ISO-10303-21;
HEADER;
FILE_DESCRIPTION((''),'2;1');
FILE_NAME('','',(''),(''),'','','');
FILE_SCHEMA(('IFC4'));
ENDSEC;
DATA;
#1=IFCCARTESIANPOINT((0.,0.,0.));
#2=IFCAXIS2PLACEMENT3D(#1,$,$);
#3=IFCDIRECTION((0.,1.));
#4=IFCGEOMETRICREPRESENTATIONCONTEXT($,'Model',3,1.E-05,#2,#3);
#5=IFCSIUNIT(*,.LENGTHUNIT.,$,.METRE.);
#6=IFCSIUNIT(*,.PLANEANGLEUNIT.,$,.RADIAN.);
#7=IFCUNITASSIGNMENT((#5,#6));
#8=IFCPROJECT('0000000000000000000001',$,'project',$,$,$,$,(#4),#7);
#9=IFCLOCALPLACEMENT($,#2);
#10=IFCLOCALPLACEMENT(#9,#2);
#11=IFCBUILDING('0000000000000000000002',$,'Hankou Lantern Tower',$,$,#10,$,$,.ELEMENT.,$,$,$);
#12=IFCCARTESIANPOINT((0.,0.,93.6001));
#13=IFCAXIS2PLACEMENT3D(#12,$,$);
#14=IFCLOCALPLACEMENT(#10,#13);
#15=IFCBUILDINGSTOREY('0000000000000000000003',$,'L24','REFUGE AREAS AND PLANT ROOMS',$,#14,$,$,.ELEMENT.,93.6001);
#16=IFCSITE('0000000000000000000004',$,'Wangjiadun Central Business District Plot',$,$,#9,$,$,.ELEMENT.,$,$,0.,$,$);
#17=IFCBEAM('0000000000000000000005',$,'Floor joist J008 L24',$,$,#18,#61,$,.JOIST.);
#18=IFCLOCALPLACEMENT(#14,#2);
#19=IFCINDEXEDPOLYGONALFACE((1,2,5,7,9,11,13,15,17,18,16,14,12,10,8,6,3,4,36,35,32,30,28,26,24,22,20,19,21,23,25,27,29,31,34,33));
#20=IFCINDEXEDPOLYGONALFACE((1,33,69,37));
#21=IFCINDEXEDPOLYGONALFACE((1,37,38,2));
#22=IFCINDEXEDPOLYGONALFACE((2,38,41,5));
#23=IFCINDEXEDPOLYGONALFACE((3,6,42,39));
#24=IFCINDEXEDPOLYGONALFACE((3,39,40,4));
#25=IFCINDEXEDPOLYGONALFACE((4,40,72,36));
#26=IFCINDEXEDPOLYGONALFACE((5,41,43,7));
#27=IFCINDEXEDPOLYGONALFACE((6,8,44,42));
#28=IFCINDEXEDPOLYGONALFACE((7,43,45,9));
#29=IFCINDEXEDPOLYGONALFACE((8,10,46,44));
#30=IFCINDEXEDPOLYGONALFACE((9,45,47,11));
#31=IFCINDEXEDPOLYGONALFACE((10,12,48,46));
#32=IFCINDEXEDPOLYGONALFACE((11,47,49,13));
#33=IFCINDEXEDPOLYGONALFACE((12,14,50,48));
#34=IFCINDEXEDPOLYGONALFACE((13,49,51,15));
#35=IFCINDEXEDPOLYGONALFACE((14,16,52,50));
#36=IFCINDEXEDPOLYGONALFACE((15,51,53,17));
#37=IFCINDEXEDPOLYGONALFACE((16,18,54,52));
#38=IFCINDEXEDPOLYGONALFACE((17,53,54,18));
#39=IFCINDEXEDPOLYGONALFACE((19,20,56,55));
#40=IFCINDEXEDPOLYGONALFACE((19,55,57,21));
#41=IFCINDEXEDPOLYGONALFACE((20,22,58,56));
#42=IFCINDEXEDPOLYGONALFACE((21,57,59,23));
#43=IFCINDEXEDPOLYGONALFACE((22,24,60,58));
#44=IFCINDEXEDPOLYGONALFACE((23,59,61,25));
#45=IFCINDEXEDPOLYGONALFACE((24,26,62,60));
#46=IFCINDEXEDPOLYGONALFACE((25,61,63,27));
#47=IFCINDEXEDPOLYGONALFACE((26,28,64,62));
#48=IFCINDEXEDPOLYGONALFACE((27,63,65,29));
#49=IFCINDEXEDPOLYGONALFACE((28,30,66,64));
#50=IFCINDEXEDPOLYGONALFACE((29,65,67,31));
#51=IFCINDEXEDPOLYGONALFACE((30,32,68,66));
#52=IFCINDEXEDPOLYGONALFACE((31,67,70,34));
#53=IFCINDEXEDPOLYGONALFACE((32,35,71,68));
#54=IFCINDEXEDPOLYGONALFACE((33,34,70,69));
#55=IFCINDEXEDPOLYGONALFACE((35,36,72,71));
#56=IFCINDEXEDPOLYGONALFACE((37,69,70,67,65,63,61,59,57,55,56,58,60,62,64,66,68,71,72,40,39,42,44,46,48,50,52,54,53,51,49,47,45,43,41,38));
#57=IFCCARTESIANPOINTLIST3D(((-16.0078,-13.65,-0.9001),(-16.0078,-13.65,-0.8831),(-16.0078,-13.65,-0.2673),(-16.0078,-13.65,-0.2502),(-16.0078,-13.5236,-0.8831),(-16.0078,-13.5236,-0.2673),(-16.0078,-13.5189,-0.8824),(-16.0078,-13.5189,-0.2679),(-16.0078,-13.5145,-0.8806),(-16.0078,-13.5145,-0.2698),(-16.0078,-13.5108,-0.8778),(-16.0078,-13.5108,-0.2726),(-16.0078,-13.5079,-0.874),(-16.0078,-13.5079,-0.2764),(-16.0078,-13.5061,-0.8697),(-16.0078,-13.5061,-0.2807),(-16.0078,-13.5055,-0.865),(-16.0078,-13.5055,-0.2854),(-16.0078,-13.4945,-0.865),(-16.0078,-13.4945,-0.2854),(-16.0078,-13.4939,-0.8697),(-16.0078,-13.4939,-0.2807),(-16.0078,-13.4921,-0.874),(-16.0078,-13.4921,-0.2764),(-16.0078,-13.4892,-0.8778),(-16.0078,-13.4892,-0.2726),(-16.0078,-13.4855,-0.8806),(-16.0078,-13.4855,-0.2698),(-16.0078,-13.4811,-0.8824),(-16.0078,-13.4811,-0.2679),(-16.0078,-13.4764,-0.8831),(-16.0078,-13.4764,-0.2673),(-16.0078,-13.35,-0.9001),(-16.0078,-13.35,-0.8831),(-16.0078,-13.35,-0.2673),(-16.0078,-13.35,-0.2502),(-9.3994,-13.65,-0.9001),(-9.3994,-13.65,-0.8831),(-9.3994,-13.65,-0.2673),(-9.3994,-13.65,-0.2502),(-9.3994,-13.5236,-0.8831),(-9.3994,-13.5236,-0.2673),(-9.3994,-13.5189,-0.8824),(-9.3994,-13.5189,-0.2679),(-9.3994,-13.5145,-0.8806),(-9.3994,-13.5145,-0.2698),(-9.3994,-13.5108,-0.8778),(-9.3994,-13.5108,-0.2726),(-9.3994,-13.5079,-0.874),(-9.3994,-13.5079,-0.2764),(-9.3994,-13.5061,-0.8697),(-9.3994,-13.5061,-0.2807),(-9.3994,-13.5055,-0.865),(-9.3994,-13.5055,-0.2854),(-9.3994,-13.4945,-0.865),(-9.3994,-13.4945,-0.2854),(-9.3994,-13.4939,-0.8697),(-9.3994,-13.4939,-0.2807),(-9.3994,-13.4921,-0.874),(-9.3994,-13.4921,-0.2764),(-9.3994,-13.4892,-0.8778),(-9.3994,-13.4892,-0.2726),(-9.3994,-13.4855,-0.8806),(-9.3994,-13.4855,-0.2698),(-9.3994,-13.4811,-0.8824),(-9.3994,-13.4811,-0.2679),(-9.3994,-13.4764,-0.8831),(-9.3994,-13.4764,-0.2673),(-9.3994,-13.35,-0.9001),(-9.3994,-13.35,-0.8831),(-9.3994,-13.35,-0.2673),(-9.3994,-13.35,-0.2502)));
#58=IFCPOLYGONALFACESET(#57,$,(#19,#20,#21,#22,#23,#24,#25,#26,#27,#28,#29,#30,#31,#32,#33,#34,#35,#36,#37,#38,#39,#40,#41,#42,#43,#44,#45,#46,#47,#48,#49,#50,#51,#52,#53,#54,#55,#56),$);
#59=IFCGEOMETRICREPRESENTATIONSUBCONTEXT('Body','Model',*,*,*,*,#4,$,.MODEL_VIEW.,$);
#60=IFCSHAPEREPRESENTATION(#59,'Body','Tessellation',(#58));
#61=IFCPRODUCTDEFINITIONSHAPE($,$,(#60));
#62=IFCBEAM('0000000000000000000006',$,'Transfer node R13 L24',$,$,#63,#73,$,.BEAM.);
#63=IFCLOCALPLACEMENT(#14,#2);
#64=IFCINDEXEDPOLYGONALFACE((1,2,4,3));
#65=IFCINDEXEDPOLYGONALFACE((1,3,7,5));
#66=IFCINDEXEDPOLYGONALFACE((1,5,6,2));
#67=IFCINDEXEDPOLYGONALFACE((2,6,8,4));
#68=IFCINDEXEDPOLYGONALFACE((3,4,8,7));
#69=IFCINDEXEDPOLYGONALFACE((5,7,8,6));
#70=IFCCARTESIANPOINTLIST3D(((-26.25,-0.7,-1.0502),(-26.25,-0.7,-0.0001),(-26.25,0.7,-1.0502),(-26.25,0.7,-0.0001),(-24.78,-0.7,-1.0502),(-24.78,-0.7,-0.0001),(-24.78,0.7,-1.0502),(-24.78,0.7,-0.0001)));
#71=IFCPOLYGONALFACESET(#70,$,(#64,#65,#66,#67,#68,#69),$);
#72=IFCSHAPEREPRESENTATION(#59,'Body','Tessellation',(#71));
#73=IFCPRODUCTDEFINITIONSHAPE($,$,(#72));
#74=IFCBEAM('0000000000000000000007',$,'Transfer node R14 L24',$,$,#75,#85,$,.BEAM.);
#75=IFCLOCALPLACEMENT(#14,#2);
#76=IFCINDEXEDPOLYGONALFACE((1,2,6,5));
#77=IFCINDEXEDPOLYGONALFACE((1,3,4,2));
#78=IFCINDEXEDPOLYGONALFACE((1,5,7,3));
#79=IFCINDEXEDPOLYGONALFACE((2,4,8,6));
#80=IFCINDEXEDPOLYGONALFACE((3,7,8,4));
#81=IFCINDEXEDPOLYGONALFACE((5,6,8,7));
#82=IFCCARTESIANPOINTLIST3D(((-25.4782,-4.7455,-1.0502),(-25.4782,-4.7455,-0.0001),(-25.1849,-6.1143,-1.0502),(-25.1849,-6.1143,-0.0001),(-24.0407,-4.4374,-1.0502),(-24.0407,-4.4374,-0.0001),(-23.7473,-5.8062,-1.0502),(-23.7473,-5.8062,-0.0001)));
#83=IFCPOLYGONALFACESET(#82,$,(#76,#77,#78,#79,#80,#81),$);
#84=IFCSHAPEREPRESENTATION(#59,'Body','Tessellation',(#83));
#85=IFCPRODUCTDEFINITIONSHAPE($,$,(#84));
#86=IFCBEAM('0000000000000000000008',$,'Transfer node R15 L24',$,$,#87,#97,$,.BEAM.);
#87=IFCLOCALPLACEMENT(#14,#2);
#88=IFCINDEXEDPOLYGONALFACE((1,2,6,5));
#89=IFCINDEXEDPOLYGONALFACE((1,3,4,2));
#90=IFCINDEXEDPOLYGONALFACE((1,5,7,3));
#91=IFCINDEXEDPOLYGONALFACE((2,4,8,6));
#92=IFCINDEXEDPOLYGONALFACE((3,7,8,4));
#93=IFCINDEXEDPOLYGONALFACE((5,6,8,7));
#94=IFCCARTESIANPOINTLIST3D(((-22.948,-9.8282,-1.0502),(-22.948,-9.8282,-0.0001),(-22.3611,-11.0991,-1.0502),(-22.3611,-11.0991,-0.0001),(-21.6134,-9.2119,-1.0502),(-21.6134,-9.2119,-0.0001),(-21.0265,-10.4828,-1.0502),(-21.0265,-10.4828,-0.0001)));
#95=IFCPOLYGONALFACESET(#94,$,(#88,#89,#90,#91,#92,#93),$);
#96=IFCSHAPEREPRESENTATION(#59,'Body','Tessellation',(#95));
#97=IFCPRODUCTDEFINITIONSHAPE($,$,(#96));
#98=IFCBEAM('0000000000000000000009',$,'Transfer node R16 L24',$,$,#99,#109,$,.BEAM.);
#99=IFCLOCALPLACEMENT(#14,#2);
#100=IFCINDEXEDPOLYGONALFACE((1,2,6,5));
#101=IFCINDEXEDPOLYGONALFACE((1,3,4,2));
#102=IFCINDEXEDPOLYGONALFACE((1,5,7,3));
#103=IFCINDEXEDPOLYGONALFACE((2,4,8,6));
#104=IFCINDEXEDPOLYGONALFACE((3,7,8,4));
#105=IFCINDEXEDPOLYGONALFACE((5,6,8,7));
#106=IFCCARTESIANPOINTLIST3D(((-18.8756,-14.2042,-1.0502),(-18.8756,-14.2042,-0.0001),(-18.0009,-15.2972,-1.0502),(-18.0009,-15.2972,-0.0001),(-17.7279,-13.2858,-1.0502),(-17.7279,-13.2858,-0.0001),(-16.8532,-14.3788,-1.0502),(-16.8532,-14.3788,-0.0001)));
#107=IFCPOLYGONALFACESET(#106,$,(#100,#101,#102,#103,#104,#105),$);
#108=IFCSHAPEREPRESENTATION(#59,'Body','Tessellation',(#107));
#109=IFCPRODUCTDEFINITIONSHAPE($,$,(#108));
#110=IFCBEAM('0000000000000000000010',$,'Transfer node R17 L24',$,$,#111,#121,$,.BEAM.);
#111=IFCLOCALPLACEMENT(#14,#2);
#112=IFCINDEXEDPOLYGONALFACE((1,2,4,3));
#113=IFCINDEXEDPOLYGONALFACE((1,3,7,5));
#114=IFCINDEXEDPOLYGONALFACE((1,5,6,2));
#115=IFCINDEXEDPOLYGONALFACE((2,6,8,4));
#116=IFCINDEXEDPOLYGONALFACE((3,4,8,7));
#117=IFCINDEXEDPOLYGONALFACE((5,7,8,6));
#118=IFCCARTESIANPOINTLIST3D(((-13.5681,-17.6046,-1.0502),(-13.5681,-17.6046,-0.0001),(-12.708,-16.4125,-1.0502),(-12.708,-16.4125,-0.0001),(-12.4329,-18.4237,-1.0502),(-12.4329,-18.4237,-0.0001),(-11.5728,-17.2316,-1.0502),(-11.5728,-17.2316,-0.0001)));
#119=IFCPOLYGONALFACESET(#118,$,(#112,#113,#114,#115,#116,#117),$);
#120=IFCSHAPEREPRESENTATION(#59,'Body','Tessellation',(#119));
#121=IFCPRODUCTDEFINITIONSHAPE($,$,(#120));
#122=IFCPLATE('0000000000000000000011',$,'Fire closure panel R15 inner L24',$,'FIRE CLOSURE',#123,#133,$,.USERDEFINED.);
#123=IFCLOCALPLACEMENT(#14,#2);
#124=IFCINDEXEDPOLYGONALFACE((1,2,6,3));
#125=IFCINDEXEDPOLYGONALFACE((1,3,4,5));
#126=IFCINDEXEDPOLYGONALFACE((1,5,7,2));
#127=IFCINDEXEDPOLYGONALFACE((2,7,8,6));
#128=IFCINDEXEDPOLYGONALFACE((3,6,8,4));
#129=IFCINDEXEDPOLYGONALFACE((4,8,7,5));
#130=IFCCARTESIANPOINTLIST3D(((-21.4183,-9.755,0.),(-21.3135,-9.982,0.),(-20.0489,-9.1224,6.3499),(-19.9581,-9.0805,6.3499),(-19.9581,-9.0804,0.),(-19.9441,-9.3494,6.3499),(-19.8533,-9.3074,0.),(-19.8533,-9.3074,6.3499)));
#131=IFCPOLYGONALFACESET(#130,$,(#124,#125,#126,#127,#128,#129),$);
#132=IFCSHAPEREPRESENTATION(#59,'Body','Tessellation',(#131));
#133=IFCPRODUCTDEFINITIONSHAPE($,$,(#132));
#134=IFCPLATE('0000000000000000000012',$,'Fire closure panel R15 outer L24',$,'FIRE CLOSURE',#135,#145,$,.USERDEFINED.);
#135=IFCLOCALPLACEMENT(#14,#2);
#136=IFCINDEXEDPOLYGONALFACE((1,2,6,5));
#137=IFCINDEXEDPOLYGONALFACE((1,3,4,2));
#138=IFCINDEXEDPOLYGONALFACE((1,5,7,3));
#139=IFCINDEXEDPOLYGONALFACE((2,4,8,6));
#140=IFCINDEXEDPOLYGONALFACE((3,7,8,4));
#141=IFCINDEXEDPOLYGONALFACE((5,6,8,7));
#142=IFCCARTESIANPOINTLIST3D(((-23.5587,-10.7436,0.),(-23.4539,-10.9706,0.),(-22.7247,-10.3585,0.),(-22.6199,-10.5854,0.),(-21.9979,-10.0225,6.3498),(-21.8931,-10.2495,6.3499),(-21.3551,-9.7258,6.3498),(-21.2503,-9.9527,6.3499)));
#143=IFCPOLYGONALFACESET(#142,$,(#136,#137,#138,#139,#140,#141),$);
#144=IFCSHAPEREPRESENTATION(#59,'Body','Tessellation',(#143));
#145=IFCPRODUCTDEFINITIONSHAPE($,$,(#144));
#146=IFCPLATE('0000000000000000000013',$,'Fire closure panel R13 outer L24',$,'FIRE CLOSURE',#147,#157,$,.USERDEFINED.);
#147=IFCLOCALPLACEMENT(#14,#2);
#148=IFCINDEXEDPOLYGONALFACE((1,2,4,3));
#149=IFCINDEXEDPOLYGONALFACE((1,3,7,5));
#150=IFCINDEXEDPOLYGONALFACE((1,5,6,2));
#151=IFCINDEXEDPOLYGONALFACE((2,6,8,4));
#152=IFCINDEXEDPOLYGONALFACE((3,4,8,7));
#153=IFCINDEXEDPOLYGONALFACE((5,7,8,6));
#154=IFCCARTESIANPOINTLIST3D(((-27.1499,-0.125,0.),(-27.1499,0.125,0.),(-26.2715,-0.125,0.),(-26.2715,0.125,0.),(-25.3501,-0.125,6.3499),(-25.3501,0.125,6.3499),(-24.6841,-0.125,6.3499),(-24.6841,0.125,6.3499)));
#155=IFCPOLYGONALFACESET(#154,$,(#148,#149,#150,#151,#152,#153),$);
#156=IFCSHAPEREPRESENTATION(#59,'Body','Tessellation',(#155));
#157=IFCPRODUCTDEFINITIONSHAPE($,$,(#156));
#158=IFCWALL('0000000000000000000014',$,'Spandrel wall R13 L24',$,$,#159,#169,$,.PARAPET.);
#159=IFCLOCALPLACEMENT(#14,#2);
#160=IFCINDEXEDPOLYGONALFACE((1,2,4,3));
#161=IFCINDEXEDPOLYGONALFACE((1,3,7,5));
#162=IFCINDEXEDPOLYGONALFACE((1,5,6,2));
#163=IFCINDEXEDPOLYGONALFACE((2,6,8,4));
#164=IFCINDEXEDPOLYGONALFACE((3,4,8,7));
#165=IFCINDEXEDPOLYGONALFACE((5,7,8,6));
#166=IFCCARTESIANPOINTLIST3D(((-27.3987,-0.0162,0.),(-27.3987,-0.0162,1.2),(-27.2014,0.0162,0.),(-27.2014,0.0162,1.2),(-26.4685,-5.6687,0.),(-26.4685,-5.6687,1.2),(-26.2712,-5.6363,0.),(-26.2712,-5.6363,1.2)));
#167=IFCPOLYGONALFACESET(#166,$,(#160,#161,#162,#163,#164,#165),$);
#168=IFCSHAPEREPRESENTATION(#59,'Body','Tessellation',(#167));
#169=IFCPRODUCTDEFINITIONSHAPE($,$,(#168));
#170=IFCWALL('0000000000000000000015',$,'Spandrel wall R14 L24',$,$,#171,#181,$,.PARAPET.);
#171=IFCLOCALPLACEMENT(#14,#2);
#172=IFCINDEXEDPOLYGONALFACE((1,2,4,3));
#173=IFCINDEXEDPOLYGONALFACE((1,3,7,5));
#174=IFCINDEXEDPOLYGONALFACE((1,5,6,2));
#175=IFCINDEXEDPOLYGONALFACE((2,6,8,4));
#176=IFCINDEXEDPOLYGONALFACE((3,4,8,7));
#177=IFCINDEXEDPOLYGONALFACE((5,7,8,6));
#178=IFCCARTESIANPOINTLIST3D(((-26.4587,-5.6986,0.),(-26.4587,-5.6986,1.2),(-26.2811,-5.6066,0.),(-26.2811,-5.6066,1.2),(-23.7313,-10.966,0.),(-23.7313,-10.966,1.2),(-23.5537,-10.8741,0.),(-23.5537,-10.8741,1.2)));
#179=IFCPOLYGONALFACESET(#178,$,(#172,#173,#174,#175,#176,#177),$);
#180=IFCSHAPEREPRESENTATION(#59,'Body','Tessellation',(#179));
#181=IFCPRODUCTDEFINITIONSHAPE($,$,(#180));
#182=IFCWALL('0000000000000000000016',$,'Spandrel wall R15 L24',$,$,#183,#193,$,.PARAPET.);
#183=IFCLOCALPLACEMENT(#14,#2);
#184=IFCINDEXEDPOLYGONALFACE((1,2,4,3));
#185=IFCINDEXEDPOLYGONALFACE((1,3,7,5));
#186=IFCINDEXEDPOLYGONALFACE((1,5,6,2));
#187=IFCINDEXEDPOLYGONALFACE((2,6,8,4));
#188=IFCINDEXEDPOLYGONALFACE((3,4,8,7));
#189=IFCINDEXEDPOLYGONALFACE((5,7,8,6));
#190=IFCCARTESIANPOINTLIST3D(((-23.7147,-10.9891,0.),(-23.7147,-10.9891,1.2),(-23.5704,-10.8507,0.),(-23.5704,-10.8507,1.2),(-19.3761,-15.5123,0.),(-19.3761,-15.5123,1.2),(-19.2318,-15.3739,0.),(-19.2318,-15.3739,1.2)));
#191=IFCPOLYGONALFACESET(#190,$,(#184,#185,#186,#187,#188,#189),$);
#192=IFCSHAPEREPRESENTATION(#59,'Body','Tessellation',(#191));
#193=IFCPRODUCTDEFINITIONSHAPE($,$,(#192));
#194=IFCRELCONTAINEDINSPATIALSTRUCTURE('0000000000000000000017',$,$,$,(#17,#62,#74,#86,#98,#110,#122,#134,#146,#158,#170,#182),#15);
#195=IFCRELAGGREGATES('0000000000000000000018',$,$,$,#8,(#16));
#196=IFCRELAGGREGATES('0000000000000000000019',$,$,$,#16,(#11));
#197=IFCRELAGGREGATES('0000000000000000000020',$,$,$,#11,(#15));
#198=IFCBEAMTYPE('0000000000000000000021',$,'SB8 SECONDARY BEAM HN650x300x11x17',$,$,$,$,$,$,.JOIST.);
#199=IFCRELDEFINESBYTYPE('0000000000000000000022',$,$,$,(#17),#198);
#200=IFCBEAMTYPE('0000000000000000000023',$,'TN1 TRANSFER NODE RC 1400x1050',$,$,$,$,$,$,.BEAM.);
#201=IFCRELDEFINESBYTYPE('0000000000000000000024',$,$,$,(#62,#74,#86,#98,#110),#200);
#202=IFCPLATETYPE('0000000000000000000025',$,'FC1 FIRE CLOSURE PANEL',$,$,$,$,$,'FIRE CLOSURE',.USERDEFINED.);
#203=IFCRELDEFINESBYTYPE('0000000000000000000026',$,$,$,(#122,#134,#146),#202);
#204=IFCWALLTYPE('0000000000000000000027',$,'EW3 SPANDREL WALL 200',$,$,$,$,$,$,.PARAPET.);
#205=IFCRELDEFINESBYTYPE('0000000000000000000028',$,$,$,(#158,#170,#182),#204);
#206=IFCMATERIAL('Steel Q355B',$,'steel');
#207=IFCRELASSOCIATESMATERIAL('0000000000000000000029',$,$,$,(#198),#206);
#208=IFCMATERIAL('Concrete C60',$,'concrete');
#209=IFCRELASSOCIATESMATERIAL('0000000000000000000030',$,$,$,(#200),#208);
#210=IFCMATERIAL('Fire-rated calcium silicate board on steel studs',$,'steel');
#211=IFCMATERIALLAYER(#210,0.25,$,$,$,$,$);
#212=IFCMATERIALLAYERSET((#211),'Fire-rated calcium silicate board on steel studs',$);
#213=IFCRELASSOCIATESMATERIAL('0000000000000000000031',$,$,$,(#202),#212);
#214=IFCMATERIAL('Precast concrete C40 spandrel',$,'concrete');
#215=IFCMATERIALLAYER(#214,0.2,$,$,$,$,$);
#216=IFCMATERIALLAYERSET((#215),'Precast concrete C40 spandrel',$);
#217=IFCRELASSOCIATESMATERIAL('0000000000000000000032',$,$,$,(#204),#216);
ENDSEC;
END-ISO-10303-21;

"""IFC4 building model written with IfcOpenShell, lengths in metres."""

from ifc_helpers import new_model, si_unit, direction, frame, frame_2d, origin, origin_2d, place, context, subcontext, project, spatial, polyline, rectangle, i_section, outline, extrude, material, layer, layer_set, material_profile, profile_set, type_object, element, save


model = new_model("IFC4")

# Units and contexts
model_context = context("Model", 3, precision=1e-05, world=origin(), true_north=direction((0.0, 1.0)))
body_context = subcontext(model_context, "Body", "Model", "MODEL_VIEW")
ifc_project = project(units=[si_unit("LENGTHUNIT", "METRE"), si_unit("PLANEANGLEUNIT", "RADIAN")], contexts=[model_context])

# Site, building, storey
site_placement = place(None, origin())
site = spatial("IfcSite", under=ifc_project, at=site_placement, Name="Wangjiadun Central Business District Plot", CompositionType="ELEMENT", RefElevation=0.0)
building_placement = place(site_placement, origin())
building = spatial("IfcBuilding", under=site, at=building_placement, Name="Hankou Lantern Tower", CompositionType="ELEMENT")
storey_placement = place(building_placement, frame((0.0, 0.0, 93.6001)))
storey = spatial("IfcBuildingStorey", under=building, at=storey_placement, Name="L24", Description="REFUGE AREAS AND PLANT ROOMS", CompositionType="ELEMENT", Elevation=93.6001)

# Beams
ifc_material_1 = material(Name="Steel Q355B", Category="steel")
ifc_material_profile_1 = material_profile(ifc_material_1, i_section(OverallWidth=0.3, OverallDepth=0.6499, WebThickness=0.011, FlangeThickness=0.0171, FilletRadius=0.0181, at=origin_2d()), Name="HN650x300x11x17")
ifc_profile_set_1 = profile_set([ifc_material_profile_1], Name="Steel Q355B")
beam_type_1 = type_object("IfcBeamType", Name="SB8 SECONDARY BEAM HN650x300x11x17", PredefinedType="JOIST", material=ifc_profile_set_1)
beam_1_placement = place(storey_placement, frame((-16.0078, -13.5, -0.5752), z_axis=(1.0, 0.0, 0.0), x_axis=(0.0, 1.0, 0.0)))
element("IfcBeam", 1, at=beam_1_placement, inside=storey, type_object=beam_type_1, Name="Floor joist J008 L24", PredefinedType="JOIST", context=body_context, shape_type="SweptSolid", body=[
    extrude(i_section(OverallWidth=0.3, OverallDepth=0.6499, WebThickness=0.011, FlangeThickness=0.0171, FilletRadius=0.0181, at=origin_2d()), origin(), (0.0, 0.0, 1.0), 6.6084),
])
ifc_material_2 = material(Name="Concrete C60", Category="concrete")
ifc_material_profile_2 = material_profile(ifc_material_2, rectangle(XDim=1.3999, YDim=1.05, at=origin_2d()), Name="RC 1400x1050")
ifc_profile_set_2 = profile_set([ifc_material_profile_2], Name="Concrete C60")
beam_type_2 = type_object("IfcBeamType", Name="TN1 TRANSFER NODE RC 1400x1050", PredefinedType="BEAM", material=ifc_profile_set_2)
beam_2_placement = place(storey_placement, frame((-26.25, 0.0, -0.5251), z_axis=(1.0, 0.0, 0.0), x_axis=(0.0, 1.0, 0.0)))
element("IfcBeam", 2, at=beam_2_placement, inside=storey, type_object=beam_type_2, Name="Transfer node R13 L24", PredefinedType="BEAM", context=body_context, shape_type="SweptSolid", body=[
    extrude(rectangle(XDim=1.3999, YDim=1.05, at=origin_2d()), origin(), (0.0, 0.0, 1.0), 1.47),
])
beam_3_placement = place(storey_placement, frame((-25.3315, -5.4299, -0.5251), z_axis=(0.977793, 0.209574, 0.0), x_axis=(-0.209574, 0.977793, 0.0)))
element("IfcBeam", 3, at=beam_3_placement, inside=storey, type_object=beam_type_2, Name="Transfer node R14 L24", PredefinedType="BEAM", context=body_context, shape_type="SweptSolid", body=[
    extrude(rectangle(XDim=1.3999, YDim=1.05, at=origin_2d()), origin(), (0.0, 0.0, 1.0), 1.4702),
])
for number, where, z_axis, x_axis, name in (
    (4, (-22.6545, -10.4636, -0.5251), (0.907882, 0.419227, 0.0), (-0.419227, 0.907882, 0.0), "Transfer node R15 L24"),
    (5, (-18.4382, -14.7507, -0.5251), (0.780772, 0.624817, 0.0), (-0.624817, 0.780772, 0.0), "Transfer node R16 L24"),
    (6, (-13.0005, -18.0142, -0.5251), (0.585096, 0.810964, 0.0), (-0.810964, 0.585096, 0.0), "Transfer node R17 L24"),
):
    element("IfcBeam", number, at=place(storey_placement, frame(where, z_axis=z_axis, x_axis=x_axis)), inside=storey, type_object=beam_type_2, Name=name, PredefinedType="BEAM", context=body_context, shape_type="SweptSolid", body=[
        extrude(rectangle(XDim=1.3999, YDim=1.05, at=origin_2d()), origin(), (0.0, 0.0, 1.0), 1.47),
    ])

# Plates
ifc_material_3 = material(Name="Fire-rated calcium silicate board on steel studs", Category="steel")
ifc_layer_1 = layer(ifc_material_3, 0.25)
ifc_layer_set_1 = layer_set([ifc_layer_1], Name="Fire-rated calcium silicate board on steel studs")
plate_type = type_object("IfcPlateType", Name="FC1 FIRE CLOSURE PANEL", ElementType="FIRE CLOSURE", PredefinedType="USERDEFINED", material=ifc_layer_set_1)
plate_1_placement = place(storey_placement, frame((-19.8533, -9.3074, 0.0), z_axis=(0.419393, -0.907805, -0.000005), x_axis=(-0.907805, -0.419393, 0.0)))
element("IfcPlate", 7, at=plate_1_placement, inside=storey, type_object=plate_type, Name="Fire closure panel R15 inner L24", ObjectType="FIRE CLOSURE", PredefinedType="USERDEFINED", context=body_context, shape_type="SweptSolid", body=[
    extrude(outline(polyline([(0.0, 0.0), (1.6085, 0.0), (0.1001, -6.3499), (0.0, -6.3499), (0.0, 0.0)])), origin(), (0.0, 0.0, -1.0), 0.25),
])
plate_2_placement = place(storey_placement, frame((-22.6199, -10.5854, 0.0), z_axis=(0.419201, -0.907893, 0.00005), x_axis=(-0.907893, -0.419201, 0.0)))
element("IfcPlate", 8, at=plate_2_placement, inside=storey, type_object=plate_type, Name="Fire closure panel R15 outer L24", ObjectType="FIRE CLOSURE", PredefinedType="USERDEFINED", context=body_context, shape_type="SweptSolid", body=[
    extrude(outline(polyline([(0.0, 0.0), (0.9187, 0.0), (-0.8007, -6.3499), (-1.5087, -6.3499), (0.0, 0.0)])), origin(), (0.0, 0.0, -1.0), 0.25),
])
plate_3_placement = place(storey_placement, frame((-26.2715, 0.125, 0.0), z_axis=(0.0, 1.0, 0.0), x_axis=(-1.0, 0.0, 0.0)))
element("IfcPlate", 9, at=plate_3_placement, inside=storey, type_object=plate_type, Name="Fire closure panel R13 outer L24", ObjectType="FIRE CLOSURE", PredefinedType="USERDEFINED", context=body_context, shape_type="SweptSolid", body=[
    extrude(outline(polyline([(0.0, 0.0), (0.8784, 0.0), (-0.9214, 6.3499), (-1.5874, 6.3499), (0.0, 0.0)])), origin(), (0.0, 0.0, -1.0), 0.25),
])

# Walls
ifc_material_4 = material(Name="Precast concrete C40 spandrel", Category="concrete")
ifc_layer_2 = layer(ifc_material_4, 0.2)
ifc_layer_set_2 = layer_set([ifc_layer_2], Name="Precast concrete C40 spandrel")
wall_type = type_object("IfcWallType", Name="EW3 SPANDREL WALL 200", PredefinedType="PARAPET", material=ifc_layer_set_2)
wall_1_placement = place(storey_placement, frame((-27.3, 0.0, 0.0), z_axis=(0.0, 0.0, 1.0), x_axis=(0.162374, -0.986729, 0.0)))
element("IfcWall", 10, at=wall_1_placement, inside=storey, type_object=wall_type, Name="Spandrel wall R13 L24", PredefinedType="PARAPET", context=body_context, shape_type="SweptSolid", body=[
    extrude(rectangle(XDim=5.7285, YDim=0.2, at=frame_2d((2.8643, 0.0))), origin(), (0.0, 0.0, 1.0), 1.2),
])
wall_2_placement = place(storey_placement, frame((-26.3699, -5.6526, 0.0), z_axis=(0.0, 0.0, 1.0), x_axis=(0.459797, -0.888024, 0.0)))
element("IfcWall", 11, at=wall_2_placement, inside=storey, type_object=wall_type, Name="Spandrel wall R14 L24", PredefinedType="PARAPET", context=body_context, shape_type="SweptSolid", body=[
    extrude(rectangle(XDim=5.9316, YDim=0.2, at=frame_2d((2.9658, 0.0))), origin(), (0.0, 0.0, 1.0), 1.2),
])
wall_3_placement = place(storey_placement, frame((-23.6426, -10.9199, 0.0), z_axis=(0.0, 0.0, 1.0), x_axis=(0.692229, -0.721678, 0.0)))
element("IfcWall", 12, at=wall_3_placement, inside=storey, type_object=wall_type, Name="Spandrel wall R15 L24", PredefinedType="PARAPET", context=body_context, shape_type="SweptSolid", body=[
    extrude(rectangle(XDim=6.2676, YDim=0.2, at=frame_2d((3.1338, 0.0))), origin(), (0.0, 0.0, 1.0), 1.2),
])

save(model, "model.ifc")
